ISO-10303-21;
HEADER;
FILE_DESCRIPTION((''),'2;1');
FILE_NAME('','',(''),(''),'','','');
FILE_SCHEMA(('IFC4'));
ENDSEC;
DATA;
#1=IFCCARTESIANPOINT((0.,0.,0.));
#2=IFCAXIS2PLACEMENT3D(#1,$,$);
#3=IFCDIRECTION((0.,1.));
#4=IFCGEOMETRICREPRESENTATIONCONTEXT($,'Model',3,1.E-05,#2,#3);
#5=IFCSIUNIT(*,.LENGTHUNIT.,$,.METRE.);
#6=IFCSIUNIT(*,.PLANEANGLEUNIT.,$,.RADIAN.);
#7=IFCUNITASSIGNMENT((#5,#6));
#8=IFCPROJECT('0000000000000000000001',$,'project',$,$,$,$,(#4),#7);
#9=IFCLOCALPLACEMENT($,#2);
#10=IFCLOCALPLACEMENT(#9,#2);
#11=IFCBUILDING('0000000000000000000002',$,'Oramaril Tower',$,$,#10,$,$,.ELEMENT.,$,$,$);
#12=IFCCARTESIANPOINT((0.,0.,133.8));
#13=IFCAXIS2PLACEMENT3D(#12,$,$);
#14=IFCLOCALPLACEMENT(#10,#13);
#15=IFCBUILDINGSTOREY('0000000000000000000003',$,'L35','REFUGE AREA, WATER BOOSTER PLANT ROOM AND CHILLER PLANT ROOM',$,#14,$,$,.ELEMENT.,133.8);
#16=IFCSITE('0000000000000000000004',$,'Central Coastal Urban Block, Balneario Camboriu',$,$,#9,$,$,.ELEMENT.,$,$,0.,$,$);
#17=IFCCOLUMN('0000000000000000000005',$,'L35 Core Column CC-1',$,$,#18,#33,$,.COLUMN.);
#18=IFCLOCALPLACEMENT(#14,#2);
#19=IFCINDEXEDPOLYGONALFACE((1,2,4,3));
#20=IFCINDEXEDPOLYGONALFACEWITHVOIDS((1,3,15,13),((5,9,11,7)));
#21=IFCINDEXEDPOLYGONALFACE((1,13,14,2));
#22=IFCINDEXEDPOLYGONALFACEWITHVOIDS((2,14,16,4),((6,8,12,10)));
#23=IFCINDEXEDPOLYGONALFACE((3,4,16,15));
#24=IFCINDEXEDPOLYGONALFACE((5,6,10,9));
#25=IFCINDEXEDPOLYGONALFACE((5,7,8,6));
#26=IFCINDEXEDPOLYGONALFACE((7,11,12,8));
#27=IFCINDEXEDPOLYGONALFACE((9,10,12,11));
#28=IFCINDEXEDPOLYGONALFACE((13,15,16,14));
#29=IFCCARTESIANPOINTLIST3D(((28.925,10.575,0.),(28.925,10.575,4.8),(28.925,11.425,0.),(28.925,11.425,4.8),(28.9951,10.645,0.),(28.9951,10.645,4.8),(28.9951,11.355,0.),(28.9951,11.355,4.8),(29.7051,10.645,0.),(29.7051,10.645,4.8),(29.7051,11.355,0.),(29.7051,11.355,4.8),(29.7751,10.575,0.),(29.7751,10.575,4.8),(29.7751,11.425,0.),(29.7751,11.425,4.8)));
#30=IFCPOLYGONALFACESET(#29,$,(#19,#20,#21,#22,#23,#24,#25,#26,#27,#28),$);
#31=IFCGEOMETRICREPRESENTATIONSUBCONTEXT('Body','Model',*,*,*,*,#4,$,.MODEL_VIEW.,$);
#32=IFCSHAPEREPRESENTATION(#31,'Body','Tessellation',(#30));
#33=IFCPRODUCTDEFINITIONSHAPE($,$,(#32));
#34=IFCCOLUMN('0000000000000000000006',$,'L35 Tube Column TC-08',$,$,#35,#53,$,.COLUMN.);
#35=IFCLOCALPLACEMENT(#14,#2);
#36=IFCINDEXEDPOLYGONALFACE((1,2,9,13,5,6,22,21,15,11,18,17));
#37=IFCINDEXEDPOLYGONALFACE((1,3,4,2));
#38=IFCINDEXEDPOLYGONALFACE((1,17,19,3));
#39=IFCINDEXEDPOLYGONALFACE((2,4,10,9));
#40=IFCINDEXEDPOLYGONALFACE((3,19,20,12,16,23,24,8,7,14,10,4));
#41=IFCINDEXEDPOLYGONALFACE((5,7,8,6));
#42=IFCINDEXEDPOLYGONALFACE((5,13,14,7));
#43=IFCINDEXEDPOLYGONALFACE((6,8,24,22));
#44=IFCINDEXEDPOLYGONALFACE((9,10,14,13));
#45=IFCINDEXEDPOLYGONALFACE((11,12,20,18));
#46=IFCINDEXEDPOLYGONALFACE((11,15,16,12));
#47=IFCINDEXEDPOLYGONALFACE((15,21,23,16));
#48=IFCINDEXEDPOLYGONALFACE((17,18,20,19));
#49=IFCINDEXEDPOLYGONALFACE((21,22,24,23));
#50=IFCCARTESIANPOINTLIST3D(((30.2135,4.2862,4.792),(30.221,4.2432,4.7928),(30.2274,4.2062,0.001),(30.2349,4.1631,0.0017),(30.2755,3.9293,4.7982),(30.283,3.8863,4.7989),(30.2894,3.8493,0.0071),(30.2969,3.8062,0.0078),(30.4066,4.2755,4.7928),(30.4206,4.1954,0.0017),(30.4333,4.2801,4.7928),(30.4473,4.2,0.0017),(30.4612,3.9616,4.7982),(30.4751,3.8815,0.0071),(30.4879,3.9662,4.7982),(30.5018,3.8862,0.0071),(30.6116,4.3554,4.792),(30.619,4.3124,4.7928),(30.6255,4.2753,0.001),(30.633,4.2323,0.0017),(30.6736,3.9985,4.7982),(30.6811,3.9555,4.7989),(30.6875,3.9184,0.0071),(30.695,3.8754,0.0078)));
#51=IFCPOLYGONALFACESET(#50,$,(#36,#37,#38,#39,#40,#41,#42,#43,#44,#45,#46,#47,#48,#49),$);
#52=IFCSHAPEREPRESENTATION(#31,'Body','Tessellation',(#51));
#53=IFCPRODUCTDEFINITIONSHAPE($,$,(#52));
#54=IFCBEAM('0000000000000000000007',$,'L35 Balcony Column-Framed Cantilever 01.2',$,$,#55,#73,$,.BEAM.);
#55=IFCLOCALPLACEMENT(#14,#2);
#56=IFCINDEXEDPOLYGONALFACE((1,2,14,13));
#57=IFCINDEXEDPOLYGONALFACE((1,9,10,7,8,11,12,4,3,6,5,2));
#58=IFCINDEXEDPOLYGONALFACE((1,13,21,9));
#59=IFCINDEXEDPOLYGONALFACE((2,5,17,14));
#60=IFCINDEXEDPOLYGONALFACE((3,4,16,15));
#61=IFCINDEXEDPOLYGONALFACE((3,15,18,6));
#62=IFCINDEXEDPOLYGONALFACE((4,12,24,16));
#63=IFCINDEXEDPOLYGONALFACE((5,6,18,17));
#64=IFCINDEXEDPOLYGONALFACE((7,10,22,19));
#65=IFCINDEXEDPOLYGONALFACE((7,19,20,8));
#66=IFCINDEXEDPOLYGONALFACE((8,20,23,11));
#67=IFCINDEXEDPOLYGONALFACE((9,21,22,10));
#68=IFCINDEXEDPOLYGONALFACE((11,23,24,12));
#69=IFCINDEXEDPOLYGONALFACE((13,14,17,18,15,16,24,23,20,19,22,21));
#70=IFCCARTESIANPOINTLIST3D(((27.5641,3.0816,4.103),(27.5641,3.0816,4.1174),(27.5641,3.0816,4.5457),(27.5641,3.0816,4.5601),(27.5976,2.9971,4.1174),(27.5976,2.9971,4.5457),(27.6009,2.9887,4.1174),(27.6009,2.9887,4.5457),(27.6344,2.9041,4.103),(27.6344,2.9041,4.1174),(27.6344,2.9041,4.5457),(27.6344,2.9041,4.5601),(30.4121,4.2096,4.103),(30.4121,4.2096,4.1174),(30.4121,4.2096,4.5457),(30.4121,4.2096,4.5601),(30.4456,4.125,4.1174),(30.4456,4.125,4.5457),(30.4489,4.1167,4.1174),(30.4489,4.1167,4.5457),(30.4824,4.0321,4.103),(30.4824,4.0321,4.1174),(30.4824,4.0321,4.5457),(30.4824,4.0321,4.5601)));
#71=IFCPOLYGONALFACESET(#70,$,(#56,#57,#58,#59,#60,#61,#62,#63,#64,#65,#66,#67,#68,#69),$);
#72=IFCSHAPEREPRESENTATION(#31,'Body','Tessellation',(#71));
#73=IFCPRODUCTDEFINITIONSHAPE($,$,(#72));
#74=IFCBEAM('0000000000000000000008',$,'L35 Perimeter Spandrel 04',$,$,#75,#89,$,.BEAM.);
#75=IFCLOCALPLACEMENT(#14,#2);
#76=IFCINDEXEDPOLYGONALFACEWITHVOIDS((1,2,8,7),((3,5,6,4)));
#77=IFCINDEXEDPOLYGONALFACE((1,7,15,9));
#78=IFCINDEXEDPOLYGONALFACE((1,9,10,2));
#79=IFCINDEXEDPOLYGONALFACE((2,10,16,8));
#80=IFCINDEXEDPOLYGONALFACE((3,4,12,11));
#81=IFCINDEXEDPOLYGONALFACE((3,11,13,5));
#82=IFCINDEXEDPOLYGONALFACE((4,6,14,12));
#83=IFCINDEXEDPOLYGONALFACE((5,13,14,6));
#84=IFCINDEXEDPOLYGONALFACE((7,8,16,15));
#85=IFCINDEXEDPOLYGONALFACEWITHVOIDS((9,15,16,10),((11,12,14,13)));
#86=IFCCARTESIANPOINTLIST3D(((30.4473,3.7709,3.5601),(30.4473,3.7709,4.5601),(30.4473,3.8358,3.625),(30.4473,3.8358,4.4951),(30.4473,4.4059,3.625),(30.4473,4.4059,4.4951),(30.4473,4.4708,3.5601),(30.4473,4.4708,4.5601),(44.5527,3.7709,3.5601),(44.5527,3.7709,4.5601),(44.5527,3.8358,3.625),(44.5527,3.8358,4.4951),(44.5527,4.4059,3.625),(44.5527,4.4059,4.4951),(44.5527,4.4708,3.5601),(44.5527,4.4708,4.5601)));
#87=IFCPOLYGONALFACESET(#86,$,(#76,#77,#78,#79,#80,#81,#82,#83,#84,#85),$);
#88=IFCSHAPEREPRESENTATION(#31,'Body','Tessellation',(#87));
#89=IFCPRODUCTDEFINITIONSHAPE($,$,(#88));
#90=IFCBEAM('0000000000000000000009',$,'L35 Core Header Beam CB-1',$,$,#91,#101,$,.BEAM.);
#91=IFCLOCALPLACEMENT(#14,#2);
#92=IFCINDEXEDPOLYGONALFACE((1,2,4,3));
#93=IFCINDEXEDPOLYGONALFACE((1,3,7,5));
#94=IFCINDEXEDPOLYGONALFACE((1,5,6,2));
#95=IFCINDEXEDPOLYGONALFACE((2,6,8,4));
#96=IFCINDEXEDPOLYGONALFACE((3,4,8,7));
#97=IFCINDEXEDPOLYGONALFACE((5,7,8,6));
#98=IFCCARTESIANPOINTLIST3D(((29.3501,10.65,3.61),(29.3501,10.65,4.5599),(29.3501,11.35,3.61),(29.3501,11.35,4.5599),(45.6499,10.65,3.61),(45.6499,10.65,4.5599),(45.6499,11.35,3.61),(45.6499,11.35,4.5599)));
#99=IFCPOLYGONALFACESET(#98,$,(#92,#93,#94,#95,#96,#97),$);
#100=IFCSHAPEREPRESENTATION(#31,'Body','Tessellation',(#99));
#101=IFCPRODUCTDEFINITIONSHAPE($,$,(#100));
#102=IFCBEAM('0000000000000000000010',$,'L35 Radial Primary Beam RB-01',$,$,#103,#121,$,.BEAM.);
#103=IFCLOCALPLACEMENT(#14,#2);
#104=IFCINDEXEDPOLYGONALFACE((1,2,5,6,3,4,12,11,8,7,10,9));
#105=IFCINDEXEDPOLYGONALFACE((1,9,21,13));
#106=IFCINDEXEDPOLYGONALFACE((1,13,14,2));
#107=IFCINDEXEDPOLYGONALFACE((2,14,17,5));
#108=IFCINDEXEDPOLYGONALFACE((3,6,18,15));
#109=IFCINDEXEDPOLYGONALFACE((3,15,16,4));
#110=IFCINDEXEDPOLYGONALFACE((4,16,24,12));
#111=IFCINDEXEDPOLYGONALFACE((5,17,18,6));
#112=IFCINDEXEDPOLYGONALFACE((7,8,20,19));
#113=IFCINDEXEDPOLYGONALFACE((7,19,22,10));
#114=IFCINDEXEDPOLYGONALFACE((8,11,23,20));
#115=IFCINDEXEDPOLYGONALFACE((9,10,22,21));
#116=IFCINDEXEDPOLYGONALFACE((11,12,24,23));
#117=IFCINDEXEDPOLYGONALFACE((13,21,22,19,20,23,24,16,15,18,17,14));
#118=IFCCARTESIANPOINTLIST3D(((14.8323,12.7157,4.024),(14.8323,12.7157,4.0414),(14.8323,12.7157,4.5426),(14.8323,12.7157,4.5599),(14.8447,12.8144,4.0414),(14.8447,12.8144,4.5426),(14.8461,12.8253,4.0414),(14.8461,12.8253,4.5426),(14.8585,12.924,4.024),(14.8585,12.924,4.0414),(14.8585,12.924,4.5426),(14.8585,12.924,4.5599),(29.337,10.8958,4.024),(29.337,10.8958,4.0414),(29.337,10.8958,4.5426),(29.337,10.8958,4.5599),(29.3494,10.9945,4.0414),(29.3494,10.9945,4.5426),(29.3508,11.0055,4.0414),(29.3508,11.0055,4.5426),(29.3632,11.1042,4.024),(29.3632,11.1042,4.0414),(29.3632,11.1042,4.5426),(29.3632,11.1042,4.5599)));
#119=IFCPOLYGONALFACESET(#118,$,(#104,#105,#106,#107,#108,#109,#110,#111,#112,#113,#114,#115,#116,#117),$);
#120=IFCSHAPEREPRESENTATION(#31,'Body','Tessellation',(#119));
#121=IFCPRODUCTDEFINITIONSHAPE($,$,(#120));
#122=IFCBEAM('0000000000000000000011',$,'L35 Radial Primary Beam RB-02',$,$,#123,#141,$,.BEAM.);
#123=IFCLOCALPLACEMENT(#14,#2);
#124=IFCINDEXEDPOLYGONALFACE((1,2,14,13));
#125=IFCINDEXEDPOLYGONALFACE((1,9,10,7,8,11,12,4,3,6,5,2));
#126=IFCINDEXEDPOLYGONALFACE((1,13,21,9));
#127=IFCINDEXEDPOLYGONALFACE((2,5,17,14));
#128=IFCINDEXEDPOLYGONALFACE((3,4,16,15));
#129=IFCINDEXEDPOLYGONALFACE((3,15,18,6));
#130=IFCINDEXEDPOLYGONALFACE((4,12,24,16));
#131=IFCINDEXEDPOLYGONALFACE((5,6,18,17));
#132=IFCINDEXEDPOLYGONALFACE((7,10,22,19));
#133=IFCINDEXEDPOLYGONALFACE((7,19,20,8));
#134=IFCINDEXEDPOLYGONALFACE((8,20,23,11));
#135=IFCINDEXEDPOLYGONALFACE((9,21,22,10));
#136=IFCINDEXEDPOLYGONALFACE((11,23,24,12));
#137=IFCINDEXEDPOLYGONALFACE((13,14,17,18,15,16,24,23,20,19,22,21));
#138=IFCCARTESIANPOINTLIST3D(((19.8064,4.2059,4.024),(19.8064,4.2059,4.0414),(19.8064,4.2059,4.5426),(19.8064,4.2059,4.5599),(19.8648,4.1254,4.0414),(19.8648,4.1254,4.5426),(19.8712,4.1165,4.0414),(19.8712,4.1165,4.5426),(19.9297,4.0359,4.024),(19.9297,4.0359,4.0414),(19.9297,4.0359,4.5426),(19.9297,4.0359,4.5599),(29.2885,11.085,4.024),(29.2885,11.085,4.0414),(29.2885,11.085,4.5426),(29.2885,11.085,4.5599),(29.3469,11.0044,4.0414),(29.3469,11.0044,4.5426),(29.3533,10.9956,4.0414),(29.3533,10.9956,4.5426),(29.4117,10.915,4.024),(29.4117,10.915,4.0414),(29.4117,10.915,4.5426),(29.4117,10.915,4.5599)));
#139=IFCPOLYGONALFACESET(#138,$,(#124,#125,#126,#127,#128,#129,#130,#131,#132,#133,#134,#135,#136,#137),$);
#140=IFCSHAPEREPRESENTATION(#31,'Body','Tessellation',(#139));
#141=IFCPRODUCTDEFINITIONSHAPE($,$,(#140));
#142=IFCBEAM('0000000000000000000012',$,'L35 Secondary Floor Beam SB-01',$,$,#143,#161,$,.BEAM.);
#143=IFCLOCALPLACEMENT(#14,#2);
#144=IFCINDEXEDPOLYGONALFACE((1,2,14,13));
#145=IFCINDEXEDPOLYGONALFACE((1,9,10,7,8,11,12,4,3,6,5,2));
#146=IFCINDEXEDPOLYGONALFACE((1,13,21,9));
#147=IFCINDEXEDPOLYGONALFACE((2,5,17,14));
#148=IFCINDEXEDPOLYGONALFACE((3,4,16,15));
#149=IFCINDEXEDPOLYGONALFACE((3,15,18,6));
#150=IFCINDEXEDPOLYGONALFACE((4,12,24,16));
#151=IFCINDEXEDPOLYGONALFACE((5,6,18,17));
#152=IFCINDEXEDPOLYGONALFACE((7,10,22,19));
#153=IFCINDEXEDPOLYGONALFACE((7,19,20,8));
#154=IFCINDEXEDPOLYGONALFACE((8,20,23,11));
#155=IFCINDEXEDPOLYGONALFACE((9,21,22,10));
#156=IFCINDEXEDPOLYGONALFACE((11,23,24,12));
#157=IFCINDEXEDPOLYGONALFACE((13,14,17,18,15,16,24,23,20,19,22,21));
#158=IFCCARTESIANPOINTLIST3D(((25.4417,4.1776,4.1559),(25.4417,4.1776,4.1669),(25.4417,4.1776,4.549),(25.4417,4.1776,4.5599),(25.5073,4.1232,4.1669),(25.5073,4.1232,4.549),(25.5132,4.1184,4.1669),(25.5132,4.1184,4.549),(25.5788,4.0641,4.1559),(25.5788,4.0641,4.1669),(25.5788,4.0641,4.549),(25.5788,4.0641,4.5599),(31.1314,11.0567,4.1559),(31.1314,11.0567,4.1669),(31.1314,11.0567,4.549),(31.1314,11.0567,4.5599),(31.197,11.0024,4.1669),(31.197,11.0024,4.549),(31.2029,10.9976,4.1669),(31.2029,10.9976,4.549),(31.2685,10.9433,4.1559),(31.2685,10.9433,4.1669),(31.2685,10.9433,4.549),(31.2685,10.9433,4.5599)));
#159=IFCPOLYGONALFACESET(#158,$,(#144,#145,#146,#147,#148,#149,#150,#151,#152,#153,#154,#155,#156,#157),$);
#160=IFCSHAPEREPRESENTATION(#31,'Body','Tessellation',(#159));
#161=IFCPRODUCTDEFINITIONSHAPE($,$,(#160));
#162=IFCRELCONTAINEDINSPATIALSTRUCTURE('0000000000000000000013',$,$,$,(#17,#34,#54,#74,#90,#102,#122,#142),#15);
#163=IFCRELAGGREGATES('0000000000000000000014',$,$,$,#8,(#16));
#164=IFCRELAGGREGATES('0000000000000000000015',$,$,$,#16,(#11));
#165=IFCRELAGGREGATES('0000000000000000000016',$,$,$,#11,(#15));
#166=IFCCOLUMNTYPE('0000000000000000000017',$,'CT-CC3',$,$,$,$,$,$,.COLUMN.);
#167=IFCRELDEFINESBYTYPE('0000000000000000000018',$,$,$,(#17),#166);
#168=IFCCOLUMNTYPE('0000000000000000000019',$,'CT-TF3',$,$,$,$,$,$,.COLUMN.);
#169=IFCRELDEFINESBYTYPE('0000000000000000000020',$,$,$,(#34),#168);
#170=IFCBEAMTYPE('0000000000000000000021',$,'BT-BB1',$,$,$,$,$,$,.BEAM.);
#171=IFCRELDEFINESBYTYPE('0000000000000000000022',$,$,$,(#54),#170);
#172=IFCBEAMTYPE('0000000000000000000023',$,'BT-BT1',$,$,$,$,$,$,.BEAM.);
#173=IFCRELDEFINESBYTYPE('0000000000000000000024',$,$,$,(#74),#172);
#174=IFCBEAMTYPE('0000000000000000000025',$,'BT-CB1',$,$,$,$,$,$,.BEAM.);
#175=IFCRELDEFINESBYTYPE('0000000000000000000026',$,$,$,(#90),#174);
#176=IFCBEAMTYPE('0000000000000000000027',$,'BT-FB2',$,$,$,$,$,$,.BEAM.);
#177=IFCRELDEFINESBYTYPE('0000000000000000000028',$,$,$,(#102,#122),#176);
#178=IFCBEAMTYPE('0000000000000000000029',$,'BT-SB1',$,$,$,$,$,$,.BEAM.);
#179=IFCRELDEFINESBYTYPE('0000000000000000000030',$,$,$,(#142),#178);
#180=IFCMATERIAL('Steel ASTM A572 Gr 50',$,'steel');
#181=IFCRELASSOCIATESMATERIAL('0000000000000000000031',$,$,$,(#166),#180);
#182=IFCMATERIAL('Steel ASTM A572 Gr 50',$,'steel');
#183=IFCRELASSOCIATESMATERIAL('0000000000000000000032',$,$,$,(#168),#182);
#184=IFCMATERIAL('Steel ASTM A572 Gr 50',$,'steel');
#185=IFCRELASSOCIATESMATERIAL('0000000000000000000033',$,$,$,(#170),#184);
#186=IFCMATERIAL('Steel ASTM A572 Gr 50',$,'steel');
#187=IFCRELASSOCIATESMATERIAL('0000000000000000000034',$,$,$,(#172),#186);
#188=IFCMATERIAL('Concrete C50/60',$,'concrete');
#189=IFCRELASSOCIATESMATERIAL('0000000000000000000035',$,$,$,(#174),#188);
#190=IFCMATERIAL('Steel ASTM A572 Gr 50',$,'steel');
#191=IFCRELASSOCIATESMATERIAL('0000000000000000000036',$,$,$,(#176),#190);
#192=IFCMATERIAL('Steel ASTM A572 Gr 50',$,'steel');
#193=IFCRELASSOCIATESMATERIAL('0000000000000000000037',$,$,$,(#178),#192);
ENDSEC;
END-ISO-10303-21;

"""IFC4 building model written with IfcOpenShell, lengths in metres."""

from ifc_helpers import new_model, si_unit, direction, frame, origin, origin_2d, place, context, subcontext, project, spatial, rectangle, hollow_rectangle, i_section, extrude, material, material_profile, profile_set, type_object, element, save


model = new_model("IFC4")

# Units and contexts
model_context = context("Model", 3, precision=1e-05, world=origin(), true_north=direction((0.0, 1.0)))
body_context = subcontext(model_context, "Body", "Model", "MODEL_VIEW")
ifc_project = project(units=[si_unit("LENGTHUNIT", "METRE"), si_unit("PLANEANGLEUNIT", "RADIAN")], contexts=[model_context])

# Site, building, storey
site_placement = place(None, origin())
site = spatial("IfcSite", under=ifc_project, at=site_placement, Name="Central Coastal Urban Block, Balneario Camboriu", CompositionType="ELEMENT", RefElevation=0.0)
building_placement = place(site_placement, origin())
building = spatial("IfcBuilding", under=site, at=building_placement, Name="Oramaril Tower", CompositionType="ELEMENT")
storey_placement = place(building_placement, frame((0.0, 0.0, 133.8)))
storey = spatial("IfcBuildingStorey", under=building, at=storey_placement, Name="L35", Description="REFUGE AREA, WATER BOOSTER PLANT ROOM AND CHILLER PLANT ROOM", CompositionType="ELEMENT", Elevation=133.8)

# Columns
ifc_material_1 = material(Name="Steel ASTM A572 Gr 50", Category="steel")
ifc_material_profile_1 = material_profile(ifc_material_1, hollow_rectangle(XDim=0.8501, YDim=0.8501, WallThickness=0.0701, at=origin_2d()), Name="BOX850X850X70")
ifc_profile_set_1 = profile_set([ifc_material_profile_1], Name="Steel ASTM A572 Gr 50")
column_type_1 = type_object("IfcColumnType", Name="CT-CC3", PredefinedType="COLUMN", material=ifc_profile_set_1)
column_1_placement = place(storey_placement, frame((29.3501, 11.0, 0.0), z_axis=(0.0, 0.0, 1.0), x_axis=(1.0, 0.0, 0.0)))
element("IfcColumn", 1, at=column_1_placement, inside=storey, type_object=column_type_1, Name="L35 Core Column CC-1", PredefinedType="COLUMN", context=body_context, shape_type="SweptSolid", body=[
    extrude(hollow_rectangle(XDim=0.8501, YDim=0.8501, WallThickness=0.0701, at=origin_2d()), origin(), (0.0, 0.0, 1.0), 4.8),
])
ifc_material_2 = material(Name="Steel ASTM A572 Gr 50", Category="steel")
ifc_material_profile_2 = material_profile(ifc_material_2, i_section(OverallWidth=0.4041, OverallDepth=0.406, WebThickness=0.0271, FlangeThickness=0.0437, at=origin_2d()), Name="W14X233")
ifc_profile_set_2 = profile_set([ifc_material_profile_2], Name="Steel ASTM A572 Gr 50")
column_type_2 = type_object("IfcColumnType", Name="CT-TF3", PredefinedType="COLUMN", material=ifc_profile_set_2)
column_2_placement = place(storey_placement, frame((30.4612, 4.0408, 0.0044), z_axis=(-0.002904, 0.016712, 0.999856), x_axis=(-0.985234, -0.171214, 0.0)))
element("IfcColumn", 2, at=column_2_placement, inside=storey, type_object=column_type_2, Name="L35 Tube Column TC-08", PredefinedType="COLUMN", context=body_context, shape_type="SweptSolid", body=[
    extrude(i_section(OverallWidth=0.4041, OverallDepth=0.406, WebThickness=0.0271, FlangeThickness=0.0437, at=origin_2d()), origin(), (0.0, 0.0, 1.0), 4.7917),
])

# Beams
ifc_material_3 = material(Name="Steel ASTM A572 Gr 50", Category="steel")
ifc_material_profile_3 = material_profile(ifc_material_3, i_section(OverallWidth=0.1909, OverallDepth=0.457, WebThickness=0.009, FlangeThickness=0.0144, at=origin_2d()), Name="W18X50")
ifc_profile_set_3 = profile_set([ifc_material_profile_3], Name="Steel ASTM A572 Gr 50")
beam_type_1 = type_object("IfcBeamType", Name="BT-BB1", PredefinedType="BEAM", material=ifc_profile_set_3)
beam_1_placement = place(storey_placement, frame((30.4473, 4.1208, 4.3315), z_axis=(-0.929736, -0.368228, 0.0), x_axis=(0.368228, -0.929736, 0.0)))
element("IfcBeam", 3, at=beam_1_placement, inside=storey, type_object=beam_type_1, Name="L35 Balcony Column-Framed Cantilever 01.2", PredefinedType="BEAM", context=body_context, shape_type="SweptSolid", body=[
    extrude(i_section(OverallWidth=0.1909, OverallDepth=0.457, WebThickness=0.009, FlangeThickness=0.0144, at=origin_2d()), origin(), (0.0, 0.0, 1.0), 3.0632),
])
ifc_material_4 = material(Name="Steel ASTM A572 Gr 50", Category="steel")
ifc_material_profile_4 = material_profile(ifc_material_4, hollow_rectangle(XDim=0.7, YDim=1.0, WallThickness=0.0649, at=origin_2d()), Name="BOX1000X700X65")
ifc_profile_set_4 = profile_set([ifc_material_profile_4], Name="Steel ASTM A572 Gr 50")
beam_type_2 = type_object("IfcBeamType", Name="BT-BT1", PredefinedType="BEAM", material=ifc_profile_set_4)
beam_2_placement = place(storey_placement, frame((30.4473, 4.1208, 4.0601), z_axis=(1.0, 0.0, 0.0), x_axis=(0.0, 1.0, 0.0)))
element("IfcBeam", 4, at=beam_2_placement, inside=storey, type_object=beam_type_2, Name="L35 Perimeter Spandrel 04", PredefinedType="BEAM", context=body_context, shape_type="SweptSolid", body=[
    extrude(hollow_rectangle(XDim=0.7, YDim=1.0, WallThickness=0.0649, at=origin_2d()), origin(), (0.0, 0.0, 1.0), 14.1055),
])
ifc_material_5 = material(Name="Concrete C50/60", Category="concrete")
ifc_material_profile_5 = material_profile(ifc_material_5, rectangle(XDim=0.7, YDim=0.95, at=origin_2d()), Name="CB700X950")
ifc_profile_set_5 = profile_set([ifc_material_profile_5], Name="Concrete C50/60")
beam_type_3 = type_object("IfcBeamType", Name="BT-CB1", PredefinedType="BEAM", material=ifc_profile_set_5)
beam_3_placement = place(storey_placement, frame((29.3501, 11.0, 4.085), z_axis=(1.0, 0.0, 0.0), x_axis=(0.0, 1.0, 0.0)))
element("IfcBeam", 5, at=beam_3_placement, inside=storey, type_object=beam_type_3, Name="L35 Core Header Beam CB-1", PredefinedType="BEAM", context=body_context, shape_type="SweptSolid", body=[
    extrude(rectangle(XDim=0.7, YDim=0.95, at=origin_2d()), origin(), (0.0, 0.0, 1.0), 16.2998),
])
ifc_material_6 = material(Name="Steel ASTM A572 Gr 50", Category="steel")
ifc_material_profile_6 = material_profile(ifc_material_6, i_section(OverallWidth=0.21, OverallDepth=0.5359, WebThickness=0.011, FlangeThickness=0.0173, at=origin_2d()), Name="W21X68")
ifc_profile_set_6 = profile_set([ifc_material_profile_6], Name="Steel ASTM A572 Gr 50")
beam_type_4 = type_object("IfcBeamType", Name="BT-FB2", PredefinedType="BEAM", material=ifc_profile_set_6)
beam_4_placement = place(storey_placement, frame((29.3501, 11.0, 4.292), z_axis=(-0.992221, 0.124489, 0.0), x_axis=(-0.124489, -0.992221, 0.0)))
element("IfcBeam", 6, at=beam_4_placement, inside=storey, type_object=beam_type_4, Name="L35 Radial Primary Beam RB-01", PredefinedType="BEAM", context=body_context, shape_type="SweptSolid", body=[
    extrude(i_section(OverallWidth=0.21, OverallDepth=0.5359, WebThickness=0.011, FlangeThickness=0.0173, at=origin_2d()), origin(), (0.0, 0.0, 1.0), 14.6184),
])
beam_5_placement = place(storey_placement, frame((29.3501, 11.0, 4.292), z_axis=(-0.809425, -0.587223, 0.0), x_axis=(0.587223, -0.809425, 0.0)))
element("IfcBeam", 7, at=beam_5_placement, inside=storey, type_object=beam_type_4, Name="L35 Radial Primary Beam RB-02", PredefinedType="BEAM", context=body_context, shape_type="SweptSolid", body=[
    extrude(i_section(OverallWidth=0.21, OverallDepth=0.5359, WebThickness=0.011, FlangeThickness=0.0173, at=origin_2d()), origin(), (0.0, 0.0, 1.0), 11.7146),
])
ifc_material_7 = material(Name="Steel ASTM A572 Gr 50", Category="steel")
ifc_material_profile_7 = material_profile(ifc_material_7, i_section(OverallWidth=0.178, OverallDepth=0.4041, WebThickness=0.0076, FlangeThickness=0.011, at=origin_2d()), Name="W16X36")
ifc_profile_set_7 = profile_set([ifc_material_profile_7], Name="Steel ASTM A572 Gr 50")
beam_type_5 = type_object("IfcBeamType", Name="BT-SB1", PredefinedType="BEAM", material=ifc_profile_set_7)
beam_6_placement = place(storey_placement, frame((31.2, 11.0, 4.3579), z_axis=(-0.637342, -0.770581, 0.0), x_axis=(0.770581, -0.637342, 0.0)))
element("IfcBeam", 8, at=beam_6_placement, inside=storey, type_object=beam_type_5, Name="L35 Secondary Floor Beam SB-01", PredefinedType="BEAM", context=body_context, shape_type="SweptSolid", body=[
    extrude(i_section(OverallWidth=0.178, OverallDepth=0.4041, WebThickness=0.0076, FlangeThickness=0.011, at=origin_2d()), origin(), (0.0, 0.0, 1.0), 8.9272),
])

save(model, "model.ifc")
